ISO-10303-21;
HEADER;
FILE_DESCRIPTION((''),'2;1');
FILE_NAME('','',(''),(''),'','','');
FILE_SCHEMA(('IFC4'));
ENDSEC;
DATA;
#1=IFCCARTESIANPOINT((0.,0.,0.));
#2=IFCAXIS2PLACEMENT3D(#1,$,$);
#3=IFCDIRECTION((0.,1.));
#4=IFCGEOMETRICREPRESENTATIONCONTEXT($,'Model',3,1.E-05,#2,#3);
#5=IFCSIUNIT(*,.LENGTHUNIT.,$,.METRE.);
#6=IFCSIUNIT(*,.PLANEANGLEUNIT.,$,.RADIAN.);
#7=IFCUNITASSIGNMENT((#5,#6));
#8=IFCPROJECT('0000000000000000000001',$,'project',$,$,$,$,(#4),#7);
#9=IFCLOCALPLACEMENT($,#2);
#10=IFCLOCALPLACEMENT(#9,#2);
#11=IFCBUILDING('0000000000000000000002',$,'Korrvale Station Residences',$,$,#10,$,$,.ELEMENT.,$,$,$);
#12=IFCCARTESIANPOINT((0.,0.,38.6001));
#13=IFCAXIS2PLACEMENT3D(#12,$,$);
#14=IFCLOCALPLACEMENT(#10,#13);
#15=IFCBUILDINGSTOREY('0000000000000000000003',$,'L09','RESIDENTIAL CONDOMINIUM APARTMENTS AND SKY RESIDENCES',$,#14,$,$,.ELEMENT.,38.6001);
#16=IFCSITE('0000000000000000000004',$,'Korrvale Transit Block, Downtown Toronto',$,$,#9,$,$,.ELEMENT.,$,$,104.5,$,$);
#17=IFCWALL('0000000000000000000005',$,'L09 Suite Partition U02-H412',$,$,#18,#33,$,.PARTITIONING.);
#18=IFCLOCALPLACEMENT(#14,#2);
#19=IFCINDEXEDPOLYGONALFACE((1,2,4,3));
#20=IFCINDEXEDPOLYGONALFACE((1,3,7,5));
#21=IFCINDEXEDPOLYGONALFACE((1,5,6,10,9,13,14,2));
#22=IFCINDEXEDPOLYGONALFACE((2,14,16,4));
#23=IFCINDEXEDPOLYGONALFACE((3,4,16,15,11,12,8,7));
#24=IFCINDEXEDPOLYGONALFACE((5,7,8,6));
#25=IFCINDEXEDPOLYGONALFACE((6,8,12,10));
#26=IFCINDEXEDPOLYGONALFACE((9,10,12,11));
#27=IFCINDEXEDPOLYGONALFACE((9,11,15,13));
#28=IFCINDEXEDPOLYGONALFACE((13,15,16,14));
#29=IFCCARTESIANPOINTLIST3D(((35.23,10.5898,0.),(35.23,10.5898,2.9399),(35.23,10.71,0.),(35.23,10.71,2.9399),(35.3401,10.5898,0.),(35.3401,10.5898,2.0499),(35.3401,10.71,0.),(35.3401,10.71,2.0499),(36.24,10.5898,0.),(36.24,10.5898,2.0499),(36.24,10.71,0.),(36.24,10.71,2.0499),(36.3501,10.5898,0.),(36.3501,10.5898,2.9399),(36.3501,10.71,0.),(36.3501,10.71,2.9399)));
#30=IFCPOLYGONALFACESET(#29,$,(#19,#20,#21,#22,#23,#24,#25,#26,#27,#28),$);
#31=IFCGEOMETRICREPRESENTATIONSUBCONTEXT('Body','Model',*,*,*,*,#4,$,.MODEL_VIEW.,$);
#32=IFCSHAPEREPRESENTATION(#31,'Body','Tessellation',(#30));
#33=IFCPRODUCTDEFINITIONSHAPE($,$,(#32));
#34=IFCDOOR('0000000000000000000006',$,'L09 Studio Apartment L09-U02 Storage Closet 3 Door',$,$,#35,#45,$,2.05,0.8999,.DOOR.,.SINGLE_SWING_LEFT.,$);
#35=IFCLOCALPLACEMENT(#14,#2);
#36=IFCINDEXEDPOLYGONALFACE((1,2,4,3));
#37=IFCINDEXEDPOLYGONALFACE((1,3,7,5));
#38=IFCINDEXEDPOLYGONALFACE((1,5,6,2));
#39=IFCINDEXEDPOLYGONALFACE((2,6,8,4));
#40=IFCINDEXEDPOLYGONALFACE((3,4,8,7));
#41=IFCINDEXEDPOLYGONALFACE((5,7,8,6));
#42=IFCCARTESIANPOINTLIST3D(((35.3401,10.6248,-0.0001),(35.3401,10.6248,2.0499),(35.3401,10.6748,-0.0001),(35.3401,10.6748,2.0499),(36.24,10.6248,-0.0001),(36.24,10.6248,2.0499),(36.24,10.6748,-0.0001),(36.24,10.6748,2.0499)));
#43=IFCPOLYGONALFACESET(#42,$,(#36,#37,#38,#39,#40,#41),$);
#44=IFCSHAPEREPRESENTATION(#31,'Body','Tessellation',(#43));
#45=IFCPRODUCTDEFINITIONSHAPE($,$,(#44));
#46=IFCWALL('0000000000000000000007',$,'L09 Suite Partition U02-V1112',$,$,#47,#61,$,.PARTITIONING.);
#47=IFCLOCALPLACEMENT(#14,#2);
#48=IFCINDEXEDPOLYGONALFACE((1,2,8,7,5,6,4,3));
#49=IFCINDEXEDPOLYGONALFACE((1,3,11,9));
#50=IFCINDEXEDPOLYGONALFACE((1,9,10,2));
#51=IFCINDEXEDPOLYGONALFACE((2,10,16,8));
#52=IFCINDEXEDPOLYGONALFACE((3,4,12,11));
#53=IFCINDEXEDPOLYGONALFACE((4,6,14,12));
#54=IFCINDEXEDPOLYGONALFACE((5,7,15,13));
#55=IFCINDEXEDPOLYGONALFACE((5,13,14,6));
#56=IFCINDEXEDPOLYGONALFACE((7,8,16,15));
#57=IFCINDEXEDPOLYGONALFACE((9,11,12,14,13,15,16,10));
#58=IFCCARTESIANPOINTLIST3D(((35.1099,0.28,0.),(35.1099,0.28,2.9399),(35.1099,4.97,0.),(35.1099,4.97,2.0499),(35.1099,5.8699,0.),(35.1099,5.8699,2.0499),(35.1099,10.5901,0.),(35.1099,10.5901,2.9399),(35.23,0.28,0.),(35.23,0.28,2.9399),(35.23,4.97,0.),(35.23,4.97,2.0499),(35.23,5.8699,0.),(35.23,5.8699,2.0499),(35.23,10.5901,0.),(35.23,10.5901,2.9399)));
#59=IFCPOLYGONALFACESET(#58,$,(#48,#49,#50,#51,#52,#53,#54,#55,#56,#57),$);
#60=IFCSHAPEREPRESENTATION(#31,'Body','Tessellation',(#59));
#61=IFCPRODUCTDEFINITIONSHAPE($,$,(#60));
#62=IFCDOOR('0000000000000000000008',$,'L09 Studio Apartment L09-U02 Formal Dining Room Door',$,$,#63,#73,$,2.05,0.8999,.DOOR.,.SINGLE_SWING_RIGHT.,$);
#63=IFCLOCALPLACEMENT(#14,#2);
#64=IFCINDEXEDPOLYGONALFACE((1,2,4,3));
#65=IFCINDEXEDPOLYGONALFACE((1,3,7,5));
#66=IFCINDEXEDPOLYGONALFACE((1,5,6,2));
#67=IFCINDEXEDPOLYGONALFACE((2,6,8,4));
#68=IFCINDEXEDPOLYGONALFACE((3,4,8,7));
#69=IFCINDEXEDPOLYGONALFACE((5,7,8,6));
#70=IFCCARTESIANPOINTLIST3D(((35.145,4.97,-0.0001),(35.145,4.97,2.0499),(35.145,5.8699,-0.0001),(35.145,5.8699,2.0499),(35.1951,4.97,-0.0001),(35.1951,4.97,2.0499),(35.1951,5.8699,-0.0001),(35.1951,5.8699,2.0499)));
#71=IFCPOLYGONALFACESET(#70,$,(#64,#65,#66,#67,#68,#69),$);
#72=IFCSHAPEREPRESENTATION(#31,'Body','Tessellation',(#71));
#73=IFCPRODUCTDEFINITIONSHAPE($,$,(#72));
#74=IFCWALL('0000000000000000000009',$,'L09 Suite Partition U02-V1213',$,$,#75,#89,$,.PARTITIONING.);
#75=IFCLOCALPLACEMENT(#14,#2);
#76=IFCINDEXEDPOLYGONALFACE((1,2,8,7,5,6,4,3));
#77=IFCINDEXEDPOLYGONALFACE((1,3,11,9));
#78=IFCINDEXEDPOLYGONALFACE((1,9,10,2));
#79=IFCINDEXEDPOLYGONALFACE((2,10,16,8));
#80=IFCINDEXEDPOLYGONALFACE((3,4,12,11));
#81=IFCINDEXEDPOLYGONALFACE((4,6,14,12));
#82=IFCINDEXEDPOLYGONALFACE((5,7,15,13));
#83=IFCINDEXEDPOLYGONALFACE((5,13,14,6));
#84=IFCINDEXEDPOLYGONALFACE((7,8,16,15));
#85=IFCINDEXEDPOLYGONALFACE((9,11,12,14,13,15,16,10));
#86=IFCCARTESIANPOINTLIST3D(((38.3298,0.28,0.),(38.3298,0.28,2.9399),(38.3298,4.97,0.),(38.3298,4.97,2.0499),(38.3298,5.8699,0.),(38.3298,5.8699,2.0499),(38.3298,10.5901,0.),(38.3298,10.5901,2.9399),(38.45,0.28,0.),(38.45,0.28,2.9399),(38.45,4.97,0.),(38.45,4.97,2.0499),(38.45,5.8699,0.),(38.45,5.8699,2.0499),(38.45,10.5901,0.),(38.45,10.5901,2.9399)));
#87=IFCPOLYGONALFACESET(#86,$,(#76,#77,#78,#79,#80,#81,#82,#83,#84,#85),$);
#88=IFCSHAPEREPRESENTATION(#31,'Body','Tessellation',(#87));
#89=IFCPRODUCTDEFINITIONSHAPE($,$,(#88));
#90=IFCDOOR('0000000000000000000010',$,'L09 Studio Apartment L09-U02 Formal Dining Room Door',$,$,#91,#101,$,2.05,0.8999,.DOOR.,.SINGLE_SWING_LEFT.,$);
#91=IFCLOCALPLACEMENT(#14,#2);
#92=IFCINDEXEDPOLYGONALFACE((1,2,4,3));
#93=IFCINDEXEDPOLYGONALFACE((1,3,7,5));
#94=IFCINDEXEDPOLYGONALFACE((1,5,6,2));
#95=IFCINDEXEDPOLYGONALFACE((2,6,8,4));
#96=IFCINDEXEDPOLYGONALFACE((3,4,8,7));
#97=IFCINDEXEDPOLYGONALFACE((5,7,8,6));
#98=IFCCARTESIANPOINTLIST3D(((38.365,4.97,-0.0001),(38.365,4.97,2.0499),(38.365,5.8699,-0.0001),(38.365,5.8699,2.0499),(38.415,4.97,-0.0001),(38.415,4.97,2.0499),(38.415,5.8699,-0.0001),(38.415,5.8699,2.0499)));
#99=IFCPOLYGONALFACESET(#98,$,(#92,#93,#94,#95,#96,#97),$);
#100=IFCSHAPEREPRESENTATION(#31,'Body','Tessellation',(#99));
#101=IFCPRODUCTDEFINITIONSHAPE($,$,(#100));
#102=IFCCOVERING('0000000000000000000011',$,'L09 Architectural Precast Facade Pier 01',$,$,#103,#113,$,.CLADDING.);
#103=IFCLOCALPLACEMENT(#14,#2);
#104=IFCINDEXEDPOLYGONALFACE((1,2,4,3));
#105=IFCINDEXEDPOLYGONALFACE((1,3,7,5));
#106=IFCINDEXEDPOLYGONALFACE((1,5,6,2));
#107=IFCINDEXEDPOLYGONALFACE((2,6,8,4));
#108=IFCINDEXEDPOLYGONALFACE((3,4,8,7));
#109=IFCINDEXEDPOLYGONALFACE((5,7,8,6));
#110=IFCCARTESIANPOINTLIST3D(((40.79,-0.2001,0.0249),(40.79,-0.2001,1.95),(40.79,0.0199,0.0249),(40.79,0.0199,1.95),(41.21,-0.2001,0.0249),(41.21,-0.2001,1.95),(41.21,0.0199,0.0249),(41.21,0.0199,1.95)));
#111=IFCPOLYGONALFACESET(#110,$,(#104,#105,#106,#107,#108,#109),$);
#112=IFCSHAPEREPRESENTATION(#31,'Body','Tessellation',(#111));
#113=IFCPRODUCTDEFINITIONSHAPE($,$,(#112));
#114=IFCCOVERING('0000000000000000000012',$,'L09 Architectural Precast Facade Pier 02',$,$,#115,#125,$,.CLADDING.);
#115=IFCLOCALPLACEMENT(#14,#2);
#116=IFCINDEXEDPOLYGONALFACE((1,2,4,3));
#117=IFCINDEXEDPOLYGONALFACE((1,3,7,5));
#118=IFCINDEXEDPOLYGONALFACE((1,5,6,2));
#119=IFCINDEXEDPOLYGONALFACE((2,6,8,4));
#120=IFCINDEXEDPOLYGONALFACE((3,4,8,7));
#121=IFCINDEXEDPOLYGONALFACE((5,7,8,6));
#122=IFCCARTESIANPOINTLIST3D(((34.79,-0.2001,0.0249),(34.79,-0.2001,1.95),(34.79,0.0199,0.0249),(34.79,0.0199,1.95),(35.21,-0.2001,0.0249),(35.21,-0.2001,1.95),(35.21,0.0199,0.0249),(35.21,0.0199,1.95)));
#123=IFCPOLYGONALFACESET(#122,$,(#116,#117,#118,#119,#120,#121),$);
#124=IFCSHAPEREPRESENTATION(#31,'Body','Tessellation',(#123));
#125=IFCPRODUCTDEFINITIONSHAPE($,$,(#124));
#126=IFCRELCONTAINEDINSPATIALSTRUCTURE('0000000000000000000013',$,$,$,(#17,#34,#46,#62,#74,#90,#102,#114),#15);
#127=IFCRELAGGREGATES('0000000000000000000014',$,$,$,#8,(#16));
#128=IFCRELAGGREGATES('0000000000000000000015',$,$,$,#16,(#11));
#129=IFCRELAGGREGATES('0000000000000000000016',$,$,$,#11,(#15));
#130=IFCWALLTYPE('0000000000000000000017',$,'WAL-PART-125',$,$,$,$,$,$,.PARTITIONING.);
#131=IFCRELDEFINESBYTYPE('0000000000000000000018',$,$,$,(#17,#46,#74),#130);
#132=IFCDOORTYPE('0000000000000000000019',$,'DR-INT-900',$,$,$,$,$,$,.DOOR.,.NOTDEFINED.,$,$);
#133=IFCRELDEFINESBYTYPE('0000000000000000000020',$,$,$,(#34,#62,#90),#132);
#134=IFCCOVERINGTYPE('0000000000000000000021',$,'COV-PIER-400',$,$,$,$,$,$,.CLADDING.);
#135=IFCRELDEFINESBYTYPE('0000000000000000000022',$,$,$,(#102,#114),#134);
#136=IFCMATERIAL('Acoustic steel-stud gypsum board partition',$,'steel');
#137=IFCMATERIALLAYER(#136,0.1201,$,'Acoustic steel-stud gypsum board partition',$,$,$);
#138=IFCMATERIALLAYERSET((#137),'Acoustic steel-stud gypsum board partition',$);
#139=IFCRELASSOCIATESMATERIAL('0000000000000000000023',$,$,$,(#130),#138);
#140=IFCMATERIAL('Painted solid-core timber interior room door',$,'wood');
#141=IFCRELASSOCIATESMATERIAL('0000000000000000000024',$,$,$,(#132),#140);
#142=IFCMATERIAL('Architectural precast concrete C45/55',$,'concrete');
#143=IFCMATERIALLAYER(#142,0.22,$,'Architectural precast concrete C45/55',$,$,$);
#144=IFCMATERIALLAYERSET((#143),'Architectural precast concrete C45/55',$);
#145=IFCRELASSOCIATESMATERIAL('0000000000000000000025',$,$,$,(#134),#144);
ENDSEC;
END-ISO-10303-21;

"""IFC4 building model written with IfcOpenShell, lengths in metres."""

from ifc_helpers import new_model, si_unit, direction, frame, frame_2d, origin, origin_2d, place, context, subcontext, project, spatial, rectangle, extrude, material, layer, layer_set, type_object, element, fill, save


model = new_model("IFC4")

# Units and contexts
model_context = context("Model", 3, precision=1e-05, world=origin(), true_north=direction((0.0, 1.0)))
body_context = subcontext(model_context, "Body", "Model", "MODEL_VIEW")
ifc_project = project(units=[si_unit("LENGTHUNIT", "METRE"), si_unit("PLANEANGLEUNIT", "RADIAN")], contexts=[model_context])

# Site, building, storey
site_placement = place(None, origin())
site = spatial("IfcSite", under=ifc_project, at=site_placement, Name="Korrvale Transit Block, Downtown Toronto", CompositionType="ELEMENT", RefElevation=104.5)
building_placement = place(site_placement, origin())
building = spatial("IfcBuilding", under=site, at=building_placement, Name="Korrvale Station Residences", CompositionType="ELEMENT")
storey_placement = place(building_placement, frame((0.0, 0.0, 38.6001)))
storey = spatial("IfcBuildingStorey", under=building, at=storey_placement, Name="L09", Description="RESIDENTIAL CONDOMINIUM APARTMENTS AND SKY RESIDENCES", CompositionType="ELEMENT", Elevation=38.6001)

# Walls, openings, doors
ifc_material_1 = material(Name="Acoustic steel-stud gypsum board partition", Category="steel")
ifc_layer_1 = layer(ifc_material_1, 0.1201, Name="Acoustic steel-stud gypsum board partition")
ifc_layer_set_1 = layer_set([ifc_layer_1], Name="Acoustic steel-stud gypsum board partition")
wall_type = type_object("IfcWallType", Name="WAL-PART-125", PredefinedType="PARTITIONING", material=ifc_layer_set_1)
ifc_material_2 = material(Name="Painted solid-core timber interior room door", Category="wood")
door_type = type_object("IfcDoorType", Name="DR-INT-900", OperationType="NOTDEFINED", PredefinedType="DOOR", material=ifc_material_2)
wall_1_placement = place(storey_placement, frame((35.23, 10.6499, 0.0), z_axis=(0.0, 0.0, 1.0), x_axis=(1.0, 0.0, 0.0)))
wall_1 = element("IfcWall", 1, at=wall_1_placement, inside=storey, type_object=wall_type, Name="L09 Suite Partition U02-H412", PredefinedType="PARTITIONING", context=body_context, shape_type="SweptSolid", body=[
    extrude(rectangle(XDim=1.1201, YDim=0.1201, at=frame_2d((0.5601, 0.0))), origin(), (0.0, 0.0, 1.0), 2.9399),
])
opening_1_placement = place(wall_1_placement, frame((0.1101, 0.0, 0.0)))
opening_1 = element("IfcOpeningElement", 2, at=opening_1_placement, cuts=wall_1, PredefinedType="OPENING", context=body_context, shape_type="SweptSolid", body=[
    extrude(rectangle(XDim=0.8999, YDim=2.05, at=frame_2d((0.45, 1.0249))), frame((0.0, 0.0701, 0.0), z_axis=(0.0, -1.0, 0.0), x_axis=(1.0, 0.0, 0.0)), (0.0, 0.0, 1.0), 0.1401),
])
door_1_placement = place(opening_1_placement, origin())
door_1 = element("IfcDoor", 3, at=door_1_placement, inside=storey, type_object=door_type, Name="L09 Studio Apartment L09-U02 Storage Closet 3 Door", OperationType="SINGLE_SWING_LEFT", OverallHeight=2.05, OverallWidth=0.8999, PredefinedType="DOOR", context=body_context, shape_type="SweptSolid", body=[
    extrude(rectangle(XDim=0.8999, YDim=2.05, at=frame_2d((0.45, 1.0249))), frame((0.0, 0.0249, 0.0), z_axis=(0.0, -1.0, 0.0), x_axis=(1.0, 0.0, 0.0)), (0.0, 0.0, 1.0), 0.05),
])
fill(opening_1, door_1)
wall_2_placement = place(storey_placement, frame((35.1699, 0.28, 0.0), z_axis=(0.0, 0.0, 1.0), x_axis=(0.0, 1.0, 0.0)))
wall_2 = element("IfcWall", 4, at=wall_2_placement, inside=storey, type_object=wall_type, Name="L09 Suite Partition U02-V1112", PredefinedType="PARTITIONING", context=body_context, shape_type="SweptSolid", body=[
    extrude(rectangle(XDim=10.3101, YDim=0.1201, at=frame_2d((5.155, 0.0))), origin(), (0.0, 0.0, 1.0), 2.9399),
])
opening_2_placement = place(wall_2_placement, frame((4.6899, 0.0, 0.0)))
opening_2 = element("IfcOpeningElement", 5, at=opening_2_placement, cuts=wall_2, PredefinedType="OPENING", context=body_context, shape_type="SweptSolid", body=[
    extrude(rectangle(XDim=0.8999, YDim=2.05, at=frame_2d((0.45, 1.0249))), frame((0.0, 0.0701, 0.0), z_axis=(0.0, -1.0, 0.0), x_axis=(1.0, 0.0, 0.0)), (0.0, 0.0, 1.0), 0.1401),
])
door_2_placement = place(opening_2_placement, origin())
door_2 = element("IfcDoor", 6, at=door_2_placement, inside=storey, type_object=door_type, Name="L09 Studio Apartment L09-U02 Formal Dining Room Door", OperationType="SINGLE_SWING_RIGHT", OverallHeight=2.05, OverallWidth=0.8999, PredefinedType="DOOR", context=body_context, shape_type="SweptSolid", body=[
    extrude(rectangle(XDim=0.8999, YDim=2.05, at=frame_2d((0.45, 1.0249))), frame((0.0, 0.0249, 0.0), z_axis=(0.0, -1.0, 0.0), x_axis=(1.0, 0.0, 0.0)), (0.0, 0.0, 1.0), 0.05),
])
fill(opening_2, door_2)
wall_3_placement = place(storey_placement, frame((38.3899, 0.28, 0.0), z_axis=(0.0, 0.0, 1.0), x_axis=(0.0, 1.0, 0.0)))
wall_3 = element("IfcWall", 7, at=wall_3_placement, inside=storey, type_object=wall_type, Name="L09 Suite Partition U02-V1213", PredefinedType="PARTITIONING", context=body_context, shape_type="SweptSolid", body=[
    extrude(rectangle(XDim=10.3101, YDim=0.1201, at=frame_2d((5.155, 0.0))), origin(), (0.0, 0.0, 1.0), 2.9399),
])
opening_3_placement = place(wall_3_placement, frame((4.6899, 0.0, 0.0)))
opening_3 = element("IfcOpeningElement", 8, at=opening_3_placement, cuts=wall_3, PredefinedType="OPENING", context=body_context, shape_type="SweptSolid", body=[
    extrude(rectangle(XDim=0.8999, YDim=2.05, at=frame_2d((0.45, 1.0249))), frame((0.0, 0.0701, 0.0), z_axis=(0.0, -1.0, 0.0), x_axis=(1.0, 0.0, 0.0)), (0.0, 0.0, 1.0), 0.1401),
])
door_3_placement = place(opening_3_placement, origin())
door_3 = element("IfcDoor", 9, at=door_3_placement, inside=storey, type_object=door_type, Name="L09 Studio Apartment L09-U02 Formal Dining Room Door", OperationType="SINGLE_SWING_LEFT", OverallHeight=2.05, OverallWidth=0.8999, PredefinedType="DOOR", context=body_context, shape_type="SweptSolid", body=[
    extrude(rectangle(XDim=0.8999, YDim=2.05, at=frame_2d((0.45, 1.0249))), frame((0.0, 0.0249, 0.0), z_axis=(0.0, -1.0, 0.0), x_axis=(1.0, 0.0, 0.0)), (0.0, 0.0, 1.0), 0.05),
])
fill(opening_3, door_3)

# Coverings
ifc_material_3 = material(Name="Architectural precast concrete C45/55", Category="concrete")
ifc_layer_2 = layer(ifc_material_3, 0.22, Name="Architectural precast concrete C45/55")
ifc_layer_set_2 = layer_set([ifc_layer_2], Name="Architectural precast concrete C45/55")
covering_type = type_object("IfcCoveringType", Name="COV-PIER-400", PredefinedType="CLADDING", material=ifc_layer_set_2)
for number, where, z_axis, x_axis, name in (
    (10, (41.0, -0.0901, 0.0249), (0.0, 0.0, 1.0), (1.0, 0.0, 0.0), "L09 Architectural Precast Facade Pier 01"),
    (11, (35.0, -0.0901, 0.0249), (0.0, 0.0, 1.0), (1.0, 0.0, 0.0), "L09 Architectural Precast Facade Pier 02"),
):
    element("IfcCovering", number, at=place(storey_placement, frame(where, z_axis=z_axis, x_axis=x_axis)), inside=storey, type_object=covering_type, Name=name, PredefinedType="CLADDING", context=body_context, shape_type="SweptSolid", body=[
        extrude(rectangle(XDim=0.4199, YDim=0.22, at=origin_2d()), origin(), (0.0, 0.0, 1.0), 1.925),
    ])

save(model, "model.ifc")
